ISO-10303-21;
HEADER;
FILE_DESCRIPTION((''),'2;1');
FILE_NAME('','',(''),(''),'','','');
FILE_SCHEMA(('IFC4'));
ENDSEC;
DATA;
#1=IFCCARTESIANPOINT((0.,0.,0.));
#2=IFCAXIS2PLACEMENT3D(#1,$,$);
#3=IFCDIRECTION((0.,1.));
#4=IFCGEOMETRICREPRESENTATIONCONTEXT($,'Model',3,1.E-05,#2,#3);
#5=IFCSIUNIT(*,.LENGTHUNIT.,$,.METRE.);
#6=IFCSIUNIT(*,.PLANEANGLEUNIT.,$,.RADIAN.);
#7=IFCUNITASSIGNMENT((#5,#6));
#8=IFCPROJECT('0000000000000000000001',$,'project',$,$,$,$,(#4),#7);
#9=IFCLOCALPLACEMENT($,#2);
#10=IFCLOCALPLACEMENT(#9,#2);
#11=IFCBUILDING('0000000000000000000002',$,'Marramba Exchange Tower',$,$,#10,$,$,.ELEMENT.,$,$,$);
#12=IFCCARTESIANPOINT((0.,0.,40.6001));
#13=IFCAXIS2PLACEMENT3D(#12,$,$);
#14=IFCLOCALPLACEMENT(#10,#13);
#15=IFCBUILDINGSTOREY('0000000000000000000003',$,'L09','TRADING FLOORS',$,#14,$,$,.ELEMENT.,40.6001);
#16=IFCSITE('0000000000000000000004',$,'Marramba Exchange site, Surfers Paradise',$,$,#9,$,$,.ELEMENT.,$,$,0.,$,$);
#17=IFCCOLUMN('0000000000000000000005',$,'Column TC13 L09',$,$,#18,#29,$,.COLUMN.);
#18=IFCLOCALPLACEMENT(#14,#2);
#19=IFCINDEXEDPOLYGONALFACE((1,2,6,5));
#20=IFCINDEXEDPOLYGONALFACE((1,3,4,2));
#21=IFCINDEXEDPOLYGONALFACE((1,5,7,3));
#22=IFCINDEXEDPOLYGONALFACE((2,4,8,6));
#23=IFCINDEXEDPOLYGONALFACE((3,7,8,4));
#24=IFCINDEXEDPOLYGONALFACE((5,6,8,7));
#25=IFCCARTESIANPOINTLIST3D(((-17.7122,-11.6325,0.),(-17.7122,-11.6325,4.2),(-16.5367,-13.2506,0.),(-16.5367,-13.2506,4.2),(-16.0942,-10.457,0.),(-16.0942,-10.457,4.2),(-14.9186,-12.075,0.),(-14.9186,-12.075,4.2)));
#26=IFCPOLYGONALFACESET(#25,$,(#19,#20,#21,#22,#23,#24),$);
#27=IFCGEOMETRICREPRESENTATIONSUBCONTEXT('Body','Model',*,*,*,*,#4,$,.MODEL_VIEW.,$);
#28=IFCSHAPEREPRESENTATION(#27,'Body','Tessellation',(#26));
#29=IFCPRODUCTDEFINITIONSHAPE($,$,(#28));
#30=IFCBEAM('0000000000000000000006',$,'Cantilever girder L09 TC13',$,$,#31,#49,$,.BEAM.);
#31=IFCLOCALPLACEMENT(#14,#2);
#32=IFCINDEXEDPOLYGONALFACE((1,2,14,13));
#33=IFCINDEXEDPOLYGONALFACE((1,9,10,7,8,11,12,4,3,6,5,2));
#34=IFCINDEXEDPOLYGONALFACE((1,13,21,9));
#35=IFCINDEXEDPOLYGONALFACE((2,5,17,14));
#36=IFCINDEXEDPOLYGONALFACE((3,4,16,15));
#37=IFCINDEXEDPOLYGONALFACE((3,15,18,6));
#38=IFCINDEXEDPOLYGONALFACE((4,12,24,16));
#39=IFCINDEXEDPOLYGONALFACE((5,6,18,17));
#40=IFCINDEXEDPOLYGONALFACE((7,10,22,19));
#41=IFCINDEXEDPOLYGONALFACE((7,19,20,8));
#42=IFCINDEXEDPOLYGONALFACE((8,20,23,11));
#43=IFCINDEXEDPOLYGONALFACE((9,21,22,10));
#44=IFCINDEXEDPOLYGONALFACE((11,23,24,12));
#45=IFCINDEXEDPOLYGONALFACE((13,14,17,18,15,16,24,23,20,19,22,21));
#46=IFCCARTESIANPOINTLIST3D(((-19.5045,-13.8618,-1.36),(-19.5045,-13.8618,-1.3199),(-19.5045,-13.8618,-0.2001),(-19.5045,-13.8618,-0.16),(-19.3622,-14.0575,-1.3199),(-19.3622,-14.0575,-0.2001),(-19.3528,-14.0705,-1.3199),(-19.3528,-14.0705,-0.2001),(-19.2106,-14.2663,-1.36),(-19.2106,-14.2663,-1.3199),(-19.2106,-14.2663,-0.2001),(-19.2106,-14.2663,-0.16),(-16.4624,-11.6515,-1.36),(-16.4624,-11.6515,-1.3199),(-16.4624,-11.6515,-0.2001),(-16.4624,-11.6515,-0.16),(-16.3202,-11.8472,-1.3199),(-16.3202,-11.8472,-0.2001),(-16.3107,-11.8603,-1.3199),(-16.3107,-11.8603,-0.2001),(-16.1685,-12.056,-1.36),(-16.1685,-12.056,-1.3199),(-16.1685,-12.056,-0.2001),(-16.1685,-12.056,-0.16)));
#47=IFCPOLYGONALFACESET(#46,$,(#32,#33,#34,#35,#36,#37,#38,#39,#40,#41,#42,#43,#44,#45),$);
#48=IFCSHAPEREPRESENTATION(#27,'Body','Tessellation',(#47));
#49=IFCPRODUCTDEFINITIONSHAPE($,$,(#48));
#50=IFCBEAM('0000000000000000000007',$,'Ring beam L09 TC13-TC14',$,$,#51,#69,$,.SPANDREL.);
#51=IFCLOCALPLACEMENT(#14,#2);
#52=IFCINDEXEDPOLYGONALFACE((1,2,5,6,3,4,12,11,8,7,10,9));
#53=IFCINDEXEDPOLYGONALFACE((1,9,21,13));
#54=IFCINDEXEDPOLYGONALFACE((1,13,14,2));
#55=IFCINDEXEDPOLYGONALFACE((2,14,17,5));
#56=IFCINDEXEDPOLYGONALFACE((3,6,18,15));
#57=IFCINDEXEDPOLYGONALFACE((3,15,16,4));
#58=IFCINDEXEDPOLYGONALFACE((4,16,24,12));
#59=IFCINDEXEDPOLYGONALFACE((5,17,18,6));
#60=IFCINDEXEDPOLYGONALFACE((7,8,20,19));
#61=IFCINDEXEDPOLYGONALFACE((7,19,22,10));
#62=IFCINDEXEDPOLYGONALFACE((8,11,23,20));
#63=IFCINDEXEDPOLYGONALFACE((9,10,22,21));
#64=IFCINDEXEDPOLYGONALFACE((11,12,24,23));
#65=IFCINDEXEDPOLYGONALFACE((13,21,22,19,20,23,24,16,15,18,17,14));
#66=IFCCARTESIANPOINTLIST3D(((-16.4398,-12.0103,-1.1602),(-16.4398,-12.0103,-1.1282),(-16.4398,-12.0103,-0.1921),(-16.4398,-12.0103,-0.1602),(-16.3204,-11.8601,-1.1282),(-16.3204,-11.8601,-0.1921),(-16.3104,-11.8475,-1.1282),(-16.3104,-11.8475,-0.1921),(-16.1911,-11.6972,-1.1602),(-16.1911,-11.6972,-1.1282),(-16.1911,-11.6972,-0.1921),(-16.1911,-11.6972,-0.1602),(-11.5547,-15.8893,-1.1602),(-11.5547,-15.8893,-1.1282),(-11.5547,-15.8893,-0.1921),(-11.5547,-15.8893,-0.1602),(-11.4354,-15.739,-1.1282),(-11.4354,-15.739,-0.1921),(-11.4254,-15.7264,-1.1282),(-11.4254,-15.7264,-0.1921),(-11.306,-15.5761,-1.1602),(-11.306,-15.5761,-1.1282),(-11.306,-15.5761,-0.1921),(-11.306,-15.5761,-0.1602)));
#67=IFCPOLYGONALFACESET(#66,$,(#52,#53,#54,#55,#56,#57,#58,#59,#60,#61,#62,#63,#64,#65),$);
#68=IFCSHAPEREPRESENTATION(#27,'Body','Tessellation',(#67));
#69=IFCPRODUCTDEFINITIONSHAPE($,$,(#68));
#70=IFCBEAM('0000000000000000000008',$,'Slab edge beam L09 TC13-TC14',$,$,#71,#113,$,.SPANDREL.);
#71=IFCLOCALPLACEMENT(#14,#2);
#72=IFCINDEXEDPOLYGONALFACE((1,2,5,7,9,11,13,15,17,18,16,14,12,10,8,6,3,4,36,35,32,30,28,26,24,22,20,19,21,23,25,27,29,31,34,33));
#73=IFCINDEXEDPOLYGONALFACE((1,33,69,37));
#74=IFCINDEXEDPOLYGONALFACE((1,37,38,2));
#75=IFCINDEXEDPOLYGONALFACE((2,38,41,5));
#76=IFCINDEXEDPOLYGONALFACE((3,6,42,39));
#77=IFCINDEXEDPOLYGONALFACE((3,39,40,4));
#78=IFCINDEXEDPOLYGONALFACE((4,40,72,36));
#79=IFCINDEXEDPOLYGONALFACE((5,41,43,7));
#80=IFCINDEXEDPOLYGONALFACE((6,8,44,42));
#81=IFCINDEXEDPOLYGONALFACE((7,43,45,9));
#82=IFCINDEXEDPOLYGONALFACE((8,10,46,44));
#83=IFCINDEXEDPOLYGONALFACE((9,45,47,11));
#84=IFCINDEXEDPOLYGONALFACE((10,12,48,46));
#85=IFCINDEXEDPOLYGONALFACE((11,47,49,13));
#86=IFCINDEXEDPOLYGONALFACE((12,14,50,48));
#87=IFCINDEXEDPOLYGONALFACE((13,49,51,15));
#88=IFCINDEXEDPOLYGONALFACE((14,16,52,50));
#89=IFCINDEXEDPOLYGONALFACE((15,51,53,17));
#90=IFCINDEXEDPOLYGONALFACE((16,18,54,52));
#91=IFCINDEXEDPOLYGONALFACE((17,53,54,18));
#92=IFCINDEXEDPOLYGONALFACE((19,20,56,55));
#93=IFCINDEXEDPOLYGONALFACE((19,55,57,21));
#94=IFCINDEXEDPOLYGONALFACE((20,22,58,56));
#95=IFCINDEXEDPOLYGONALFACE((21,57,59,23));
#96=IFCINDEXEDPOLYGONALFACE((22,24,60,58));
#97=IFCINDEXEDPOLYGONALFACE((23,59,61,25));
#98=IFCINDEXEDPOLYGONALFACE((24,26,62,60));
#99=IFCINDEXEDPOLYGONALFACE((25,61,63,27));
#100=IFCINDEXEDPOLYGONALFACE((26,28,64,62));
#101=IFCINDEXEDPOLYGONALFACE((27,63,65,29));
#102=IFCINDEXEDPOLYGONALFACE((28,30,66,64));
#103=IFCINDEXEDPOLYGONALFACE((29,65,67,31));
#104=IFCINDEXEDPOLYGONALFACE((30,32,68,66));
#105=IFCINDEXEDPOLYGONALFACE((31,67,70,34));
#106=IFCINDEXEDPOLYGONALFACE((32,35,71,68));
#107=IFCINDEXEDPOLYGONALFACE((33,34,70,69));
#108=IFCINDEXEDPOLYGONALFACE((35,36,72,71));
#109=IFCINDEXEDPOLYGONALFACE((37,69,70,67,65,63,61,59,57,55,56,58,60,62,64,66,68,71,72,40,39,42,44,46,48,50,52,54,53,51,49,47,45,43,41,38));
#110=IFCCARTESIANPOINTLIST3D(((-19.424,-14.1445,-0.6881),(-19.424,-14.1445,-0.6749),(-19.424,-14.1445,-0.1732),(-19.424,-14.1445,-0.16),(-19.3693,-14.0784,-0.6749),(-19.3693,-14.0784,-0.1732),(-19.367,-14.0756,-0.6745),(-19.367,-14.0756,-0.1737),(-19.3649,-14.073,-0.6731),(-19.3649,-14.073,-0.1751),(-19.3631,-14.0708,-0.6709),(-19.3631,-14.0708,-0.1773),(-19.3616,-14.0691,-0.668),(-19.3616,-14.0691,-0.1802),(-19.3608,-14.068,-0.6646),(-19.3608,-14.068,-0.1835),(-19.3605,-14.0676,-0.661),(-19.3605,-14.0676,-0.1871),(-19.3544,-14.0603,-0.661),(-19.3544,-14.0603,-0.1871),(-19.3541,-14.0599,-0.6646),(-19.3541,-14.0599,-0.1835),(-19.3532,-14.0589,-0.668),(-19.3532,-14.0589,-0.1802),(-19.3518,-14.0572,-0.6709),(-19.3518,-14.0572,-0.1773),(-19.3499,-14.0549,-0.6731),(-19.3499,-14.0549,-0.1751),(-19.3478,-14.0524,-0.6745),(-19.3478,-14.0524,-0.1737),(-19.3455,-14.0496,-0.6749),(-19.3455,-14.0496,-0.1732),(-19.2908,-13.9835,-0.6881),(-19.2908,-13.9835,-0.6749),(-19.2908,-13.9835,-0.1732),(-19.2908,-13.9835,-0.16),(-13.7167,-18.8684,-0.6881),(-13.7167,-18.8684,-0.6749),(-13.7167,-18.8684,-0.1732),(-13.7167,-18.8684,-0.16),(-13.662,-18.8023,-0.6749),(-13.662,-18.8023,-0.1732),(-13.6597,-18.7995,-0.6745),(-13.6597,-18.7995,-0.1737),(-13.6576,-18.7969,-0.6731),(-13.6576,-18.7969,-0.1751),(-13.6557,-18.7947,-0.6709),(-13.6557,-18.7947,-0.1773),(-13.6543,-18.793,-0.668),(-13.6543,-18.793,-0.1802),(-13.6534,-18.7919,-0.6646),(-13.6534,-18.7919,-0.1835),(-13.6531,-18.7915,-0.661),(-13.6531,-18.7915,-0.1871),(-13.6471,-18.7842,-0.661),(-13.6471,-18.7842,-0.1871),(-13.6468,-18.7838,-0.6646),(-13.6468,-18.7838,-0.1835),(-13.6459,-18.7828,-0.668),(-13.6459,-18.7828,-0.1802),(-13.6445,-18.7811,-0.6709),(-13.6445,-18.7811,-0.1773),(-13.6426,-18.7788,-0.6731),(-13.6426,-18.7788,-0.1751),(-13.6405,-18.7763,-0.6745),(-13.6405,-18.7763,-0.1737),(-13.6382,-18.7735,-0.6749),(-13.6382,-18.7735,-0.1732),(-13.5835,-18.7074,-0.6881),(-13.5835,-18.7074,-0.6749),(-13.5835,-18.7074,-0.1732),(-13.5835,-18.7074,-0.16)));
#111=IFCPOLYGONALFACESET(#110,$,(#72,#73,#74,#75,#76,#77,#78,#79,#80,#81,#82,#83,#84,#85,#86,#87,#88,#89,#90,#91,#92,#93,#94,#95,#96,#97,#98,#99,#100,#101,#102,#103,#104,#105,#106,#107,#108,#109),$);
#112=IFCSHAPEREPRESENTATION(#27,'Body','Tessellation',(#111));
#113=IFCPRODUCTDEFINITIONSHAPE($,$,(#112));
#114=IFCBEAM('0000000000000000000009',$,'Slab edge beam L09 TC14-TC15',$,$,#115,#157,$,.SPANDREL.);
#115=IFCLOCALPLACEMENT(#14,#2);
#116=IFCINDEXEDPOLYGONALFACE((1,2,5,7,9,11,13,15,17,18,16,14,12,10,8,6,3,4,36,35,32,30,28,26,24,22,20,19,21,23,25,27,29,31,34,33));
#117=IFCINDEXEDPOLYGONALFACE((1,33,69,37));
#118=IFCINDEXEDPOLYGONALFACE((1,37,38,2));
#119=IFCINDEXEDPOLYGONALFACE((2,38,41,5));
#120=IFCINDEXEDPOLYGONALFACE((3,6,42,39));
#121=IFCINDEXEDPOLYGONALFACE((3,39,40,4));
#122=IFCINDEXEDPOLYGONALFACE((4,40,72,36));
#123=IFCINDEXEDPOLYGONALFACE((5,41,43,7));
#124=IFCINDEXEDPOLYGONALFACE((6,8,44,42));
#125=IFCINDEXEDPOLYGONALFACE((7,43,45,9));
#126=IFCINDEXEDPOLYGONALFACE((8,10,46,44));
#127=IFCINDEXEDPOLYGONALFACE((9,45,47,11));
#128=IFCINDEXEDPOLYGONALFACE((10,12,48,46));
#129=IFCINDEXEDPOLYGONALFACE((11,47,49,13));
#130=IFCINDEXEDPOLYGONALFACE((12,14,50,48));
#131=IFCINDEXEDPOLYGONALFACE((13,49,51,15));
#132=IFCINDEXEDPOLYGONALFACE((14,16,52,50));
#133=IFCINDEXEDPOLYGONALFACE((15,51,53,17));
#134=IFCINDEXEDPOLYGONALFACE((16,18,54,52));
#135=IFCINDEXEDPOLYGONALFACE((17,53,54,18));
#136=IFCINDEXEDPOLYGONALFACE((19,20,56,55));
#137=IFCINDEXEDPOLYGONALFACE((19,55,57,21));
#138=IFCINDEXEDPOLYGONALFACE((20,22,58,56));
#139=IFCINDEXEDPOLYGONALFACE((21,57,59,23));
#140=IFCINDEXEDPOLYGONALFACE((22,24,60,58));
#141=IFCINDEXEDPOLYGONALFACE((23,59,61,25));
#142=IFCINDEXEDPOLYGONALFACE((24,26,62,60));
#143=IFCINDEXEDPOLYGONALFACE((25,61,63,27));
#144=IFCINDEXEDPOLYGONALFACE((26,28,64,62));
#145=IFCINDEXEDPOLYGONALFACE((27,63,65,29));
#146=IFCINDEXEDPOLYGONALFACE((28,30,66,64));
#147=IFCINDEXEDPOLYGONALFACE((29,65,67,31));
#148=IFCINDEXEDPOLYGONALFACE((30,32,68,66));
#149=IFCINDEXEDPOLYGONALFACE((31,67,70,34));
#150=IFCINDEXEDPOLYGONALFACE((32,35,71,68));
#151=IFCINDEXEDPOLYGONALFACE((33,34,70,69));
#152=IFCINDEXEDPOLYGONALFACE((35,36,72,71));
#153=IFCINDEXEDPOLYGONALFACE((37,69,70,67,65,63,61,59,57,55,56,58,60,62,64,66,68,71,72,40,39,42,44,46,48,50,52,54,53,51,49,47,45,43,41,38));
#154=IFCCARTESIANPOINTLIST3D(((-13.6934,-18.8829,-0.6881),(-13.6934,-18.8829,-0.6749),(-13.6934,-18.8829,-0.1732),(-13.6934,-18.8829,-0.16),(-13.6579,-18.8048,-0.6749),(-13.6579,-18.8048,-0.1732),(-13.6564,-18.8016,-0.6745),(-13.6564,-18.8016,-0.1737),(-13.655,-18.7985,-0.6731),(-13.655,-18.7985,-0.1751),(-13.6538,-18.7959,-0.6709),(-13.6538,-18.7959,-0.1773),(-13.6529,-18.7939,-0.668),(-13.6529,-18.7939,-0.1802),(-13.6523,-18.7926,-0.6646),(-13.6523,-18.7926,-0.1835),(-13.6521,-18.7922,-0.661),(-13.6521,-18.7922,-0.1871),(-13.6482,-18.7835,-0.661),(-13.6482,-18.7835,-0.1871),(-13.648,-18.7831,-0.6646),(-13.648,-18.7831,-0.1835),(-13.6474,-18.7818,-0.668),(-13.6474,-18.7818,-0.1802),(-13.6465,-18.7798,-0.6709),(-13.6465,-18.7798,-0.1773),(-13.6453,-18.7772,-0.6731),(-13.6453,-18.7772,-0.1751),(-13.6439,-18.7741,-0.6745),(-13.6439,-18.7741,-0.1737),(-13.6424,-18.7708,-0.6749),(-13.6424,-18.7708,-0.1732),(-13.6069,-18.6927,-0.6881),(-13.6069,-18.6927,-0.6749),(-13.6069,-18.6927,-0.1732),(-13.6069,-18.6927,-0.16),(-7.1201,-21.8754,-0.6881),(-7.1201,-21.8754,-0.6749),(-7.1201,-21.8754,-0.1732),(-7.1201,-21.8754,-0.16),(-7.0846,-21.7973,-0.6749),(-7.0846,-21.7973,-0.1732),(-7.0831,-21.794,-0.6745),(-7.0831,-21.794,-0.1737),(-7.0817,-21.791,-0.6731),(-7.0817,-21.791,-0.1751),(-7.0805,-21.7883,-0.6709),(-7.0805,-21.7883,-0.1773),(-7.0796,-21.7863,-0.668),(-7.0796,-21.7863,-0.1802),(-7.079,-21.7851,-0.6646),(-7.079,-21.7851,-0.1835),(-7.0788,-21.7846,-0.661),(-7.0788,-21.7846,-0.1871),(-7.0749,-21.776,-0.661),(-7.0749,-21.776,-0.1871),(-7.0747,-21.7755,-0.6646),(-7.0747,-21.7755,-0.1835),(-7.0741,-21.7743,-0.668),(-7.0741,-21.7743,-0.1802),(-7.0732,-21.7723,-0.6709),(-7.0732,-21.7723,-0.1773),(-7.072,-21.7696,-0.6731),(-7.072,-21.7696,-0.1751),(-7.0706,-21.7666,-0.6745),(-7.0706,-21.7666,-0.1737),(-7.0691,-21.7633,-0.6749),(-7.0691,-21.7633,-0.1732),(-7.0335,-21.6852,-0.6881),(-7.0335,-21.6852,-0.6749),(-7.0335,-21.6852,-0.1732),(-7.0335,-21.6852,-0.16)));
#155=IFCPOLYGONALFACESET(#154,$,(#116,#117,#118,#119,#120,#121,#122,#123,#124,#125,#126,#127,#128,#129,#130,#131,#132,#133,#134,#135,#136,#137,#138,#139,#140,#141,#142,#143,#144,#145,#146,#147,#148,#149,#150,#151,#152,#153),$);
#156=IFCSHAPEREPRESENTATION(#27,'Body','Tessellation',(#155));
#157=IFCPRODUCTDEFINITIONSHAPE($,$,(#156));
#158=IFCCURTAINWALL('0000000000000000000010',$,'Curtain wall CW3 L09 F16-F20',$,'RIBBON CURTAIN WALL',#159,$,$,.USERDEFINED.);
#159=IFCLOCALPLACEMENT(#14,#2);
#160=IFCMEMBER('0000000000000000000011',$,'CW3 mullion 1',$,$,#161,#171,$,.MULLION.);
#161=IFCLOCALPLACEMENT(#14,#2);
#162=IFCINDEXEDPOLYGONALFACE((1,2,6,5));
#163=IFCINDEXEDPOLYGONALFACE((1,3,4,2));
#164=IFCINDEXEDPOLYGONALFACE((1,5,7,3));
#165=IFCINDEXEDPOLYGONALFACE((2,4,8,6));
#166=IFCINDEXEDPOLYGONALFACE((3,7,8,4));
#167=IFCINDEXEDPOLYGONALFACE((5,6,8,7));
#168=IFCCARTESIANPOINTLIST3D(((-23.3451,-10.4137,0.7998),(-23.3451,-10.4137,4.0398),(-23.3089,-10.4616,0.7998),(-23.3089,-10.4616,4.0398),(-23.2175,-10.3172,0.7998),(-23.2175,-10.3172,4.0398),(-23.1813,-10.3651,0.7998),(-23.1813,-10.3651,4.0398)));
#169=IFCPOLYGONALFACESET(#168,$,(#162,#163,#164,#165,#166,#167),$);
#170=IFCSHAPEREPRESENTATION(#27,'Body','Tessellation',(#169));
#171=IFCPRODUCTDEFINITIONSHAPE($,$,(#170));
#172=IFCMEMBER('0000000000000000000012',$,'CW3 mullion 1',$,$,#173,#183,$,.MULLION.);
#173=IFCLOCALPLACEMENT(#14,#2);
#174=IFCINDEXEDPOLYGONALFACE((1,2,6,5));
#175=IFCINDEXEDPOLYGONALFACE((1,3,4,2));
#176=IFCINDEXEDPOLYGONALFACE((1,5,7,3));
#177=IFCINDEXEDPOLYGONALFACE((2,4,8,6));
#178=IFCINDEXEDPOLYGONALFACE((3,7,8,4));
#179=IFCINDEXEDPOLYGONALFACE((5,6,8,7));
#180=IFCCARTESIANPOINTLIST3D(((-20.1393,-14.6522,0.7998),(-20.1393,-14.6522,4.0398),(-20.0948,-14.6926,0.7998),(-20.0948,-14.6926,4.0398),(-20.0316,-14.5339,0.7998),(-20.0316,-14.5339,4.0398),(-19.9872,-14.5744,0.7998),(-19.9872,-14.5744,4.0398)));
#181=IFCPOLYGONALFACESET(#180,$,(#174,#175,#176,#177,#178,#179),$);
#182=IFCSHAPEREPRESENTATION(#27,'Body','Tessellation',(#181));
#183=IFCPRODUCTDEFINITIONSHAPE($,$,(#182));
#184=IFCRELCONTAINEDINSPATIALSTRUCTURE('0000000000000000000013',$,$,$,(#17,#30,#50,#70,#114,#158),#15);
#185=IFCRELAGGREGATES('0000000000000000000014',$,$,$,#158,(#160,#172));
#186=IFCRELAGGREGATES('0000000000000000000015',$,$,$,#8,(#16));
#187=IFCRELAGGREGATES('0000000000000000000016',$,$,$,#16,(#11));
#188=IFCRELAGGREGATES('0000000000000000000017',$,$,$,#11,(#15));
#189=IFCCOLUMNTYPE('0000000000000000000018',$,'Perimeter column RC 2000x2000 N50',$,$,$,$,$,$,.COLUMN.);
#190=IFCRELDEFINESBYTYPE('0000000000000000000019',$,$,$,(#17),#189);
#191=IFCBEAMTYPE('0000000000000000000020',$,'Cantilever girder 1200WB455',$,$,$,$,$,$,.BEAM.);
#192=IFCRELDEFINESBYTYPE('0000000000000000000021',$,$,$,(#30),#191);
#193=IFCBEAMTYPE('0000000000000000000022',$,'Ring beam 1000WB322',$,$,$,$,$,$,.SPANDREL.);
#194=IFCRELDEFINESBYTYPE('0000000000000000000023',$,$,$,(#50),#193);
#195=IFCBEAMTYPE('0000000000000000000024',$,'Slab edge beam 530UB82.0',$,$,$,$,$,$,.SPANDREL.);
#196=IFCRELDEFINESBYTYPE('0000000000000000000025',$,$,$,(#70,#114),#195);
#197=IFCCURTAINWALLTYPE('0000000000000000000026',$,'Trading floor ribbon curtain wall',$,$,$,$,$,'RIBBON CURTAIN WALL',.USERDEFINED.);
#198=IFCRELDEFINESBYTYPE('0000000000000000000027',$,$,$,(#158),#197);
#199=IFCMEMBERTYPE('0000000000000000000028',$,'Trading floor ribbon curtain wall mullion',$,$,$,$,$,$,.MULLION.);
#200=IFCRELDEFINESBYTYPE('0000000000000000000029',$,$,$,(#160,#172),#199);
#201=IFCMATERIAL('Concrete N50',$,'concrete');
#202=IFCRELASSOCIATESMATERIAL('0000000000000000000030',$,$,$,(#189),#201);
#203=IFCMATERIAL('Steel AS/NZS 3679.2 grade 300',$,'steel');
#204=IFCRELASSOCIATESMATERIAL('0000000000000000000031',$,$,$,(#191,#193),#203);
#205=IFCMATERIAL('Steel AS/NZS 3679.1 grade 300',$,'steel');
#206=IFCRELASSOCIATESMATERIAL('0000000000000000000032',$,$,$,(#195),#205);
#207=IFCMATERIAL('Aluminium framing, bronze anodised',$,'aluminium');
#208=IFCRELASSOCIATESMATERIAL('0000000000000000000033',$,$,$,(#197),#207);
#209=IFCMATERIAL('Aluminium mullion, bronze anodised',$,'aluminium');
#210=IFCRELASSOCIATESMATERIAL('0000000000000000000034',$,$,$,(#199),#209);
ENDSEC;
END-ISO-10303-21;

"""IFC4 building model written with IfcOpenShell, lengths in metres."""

from ifc_helpers import new_model, si_unit, direction, frame, origin, origin_2d, place, context, subcontext, project, spatial, rectangle, i_section, extrude, material, material_profile, profile_set, type_object, element, aggregate, save


model = new_model("IFC4")

# Units and contexts
model_context = context("Model", 3, precision=1e-05, world=origin(), true_north=direction((0.0, 1.0)))
body_context = subcontext(model_context, "Body", "Model", "MODEL_VIEW")
ifc_project = project(units=[si_unit("LENGTHUNIT", "METRE"), si_unit("PLANEANGLEUNIT", "RADIAN")], contexts=[model_context])

# Site, building, storey
site_placement = place(None, origin())
site = spatial("IfcSite", under=ifc_project, at=site_placement, Name="Marramba Exchange site, Surfers Paradise", CompositionType="ELEMENT", RefElevation=0.0)
building_placement = place(site_placement, origin())
building = spatial("IfcBuilding", under=site, at=building_placement, Name="Marramba Exchange Tower", CompositionType="ELEMENT")
storey_placement = place(building_placement, frame((0.0, 0.0, 40.6001)))
storey = spatial("IfcBuildingStorey", under=building, at=storey_placement, Name="L09", Description="TRADING FLOORS", CompositionType="ELEMENT", Elevation=40.6001)

# Column
ifc_material_1 = material(Name="Concrete N50", Category="concrete")
ifc_material_profile_1 = material_profile(ifc_material_1, rectangle(XDim=2.0, YDim=2.0, at=origin_2d()), Name="RC 2000x2000")
ifc_profile_set_1 = profile_set([ifc_material_profile_1], Name="Concrete N50")
column_type = type_object("IfcColumnType", Name="Perimeter column RC 2000x2000 N50", PredefinedType="COLUMN", material=ifc_profile_set_1)
column_placement = place(storey_placement, frame((-16.3154, -11.8538, 0.0), z_axis=(0.0, 0.0, 1.0), x_axis=(-0.809017, -0.587785, 0.0)))
element("IfcColumn", 1, at=column_placement, inside=storey, type_object=column_type, Name="Column TC13 L09", PredefinedType="COLUMN", context=body_context, shape_type="SweptSolid", body=[
    extrude(rectangle(XDim=2.0, YDim=2.0, at=origin_2d()), origin(), (0.0, 0.0, 1.0), 4.2),
])

# Beams
ifc_material_2 = material(Name="Steel AS/NZS 3679.2 grade 300", Category="steel")
ifc_material_profile_2 = material_profile(ifc_material_2, i_section(OverallWidth=0.5, OverallDepth=1.2, WebThickness=0.0161, FlangeThickness=0.04, at=origin_2d()), Name="1200WB455")
ifc_profile_set_2 = profile_set([ifc_material_profile_2], Name="Steel AS/NZS 3679.2 grade 300")
beam_type_1 = type_object("IfcBeamType", Name="Cantilever girder 1200WB455", PredefinedType="BEAM", material=ifc_profile_set_2)
beam_1_placement = place(storey_placement, frame((-16.3154, -11.8538, -0.76), z_axis=(-0.809008, -0.587797, 0.0), x_axis=(0.587797, -0.809008, 0.0)))
element("IfcBeam", 2, at=beam_1_placement, inside=storey, type_object=beam_type_1, Name="Cantilever girder L09 TC13", PredefinedType="BEAM", context=body_context, shape_type="SweptSolid", body=[
    extrude(i_section(OverallWidth=0.5, OverallDepth=1.2, WebThickness=0.0161, FlangeThickness=0.04, at=origin_2d()), origin(), (0.0, 0.0, 1.0), 3.7603),
])
ifc_material_profile_3 = material_profile(ifc_material_2, i_section(OverallWidth=0.3999, OverallDepth=1.0, WebThickness=0.0161, FlangeThickness=0.032, at=origin_2d()), Name="1000WB322")
ifc_profile_set_3 = profile_set([ifc_material_profile_3], Name="Steel AS/NZS 3679.2 grade 300")
beam_type_2 = type_object("IfcBeamType", Name="Ring beam 1000WB322", PredefinedType="SPANDREL", material=ifc_profile_set_3)
beam_2_placement = place(storey_placement, frame((-16.3154, -11.8538, -0.6602), z_axis=(0.783139, -0.621846, 0.0), x_axis=(0.621846, 0.783139, 0.0)))
element("IfcBeam", 3, at=beam_2_placement, inside=storey, type_object=beam_type_2, Name="Ring beam L09 TC13-TC14", PredefinedType="SPANDREL", context=body_context, shape_type="SweptSolid", body=[
    extrude(i_section(OverallWidth=0.3999, OverallDepth=1.0, WebThickness=0.0161, FlangeThickness=0.032, at=origin_2d()), origin(), (0.0, 0.0, 1.0), 6.2378),
])
ifc_material_3 = material(Name="Steel AS/NZS 3679.1 grade 300", Category="steel")
ifc_material_profile_4 = material_profile(ifc_material_3, i_section(OverallWidth=0.209, OverallDepth=0.5281, WebThickness=0.0095, FlangeThickness=0.0132, FilletRadius=0.0139, at=origin_2d()), Name="530UB82.0")
ifc_profile_set_4 = profile_set([ifc_material_profile_4], Name="Steel AS/NZS 3679.1 grade 300")
beam_type_3 = type_object("IfcBeamType", Name="Slab edge beam 530UB82.0", PredefinedType="SPANDREL", material=ifc_profile_set_4)
beam_3_placement = place(storey_placement, frame((-19.3574, -14.064, -0.4241), z_axis=(0.770354, -0.637617, 0.0), x_axis=(0.637617, 0.770354, 0.0)))
element("IfcBeam", 4, at=beam_3_placement, inside=storey, type_object=beam_type_3, Name="Slab edge beam L09 TC13-TC14", PredefinedType="SPANDREL", context=body_context, shape_type="SweptSolid", body=[
    extrude(i_section(OverallWidth=0.209, OverallDepth=0.5281, WebThickness=0.0095, FlangeThickness=0.0132, FilletRadius=0.0139, at=origin_2d()), origin(), (0.0, 0.0, 1.0), 7.4087),
])
beam_4_placement = place(storey_placement, frame((-13.6501, -18.7878, -0.4241), z_axis=(0.910127, -0.41433, 0.0), x_axis=(0.41433, 0.910127, 0.0)))
element("IfcBeam", 5, at=beam_4_placement, inside=storey, type_object=beam_type_3, Name="Slab edge beam L09 TC14-TC15", PredefinedType="SPANDREL", context=body_context, shape_type="SweptSolid", body=[
    extrude(i_section(OverallWidth=0.209, OverallDepth=0.5281, WebThickness=0.0095, FlangeThickness=0.0132, FilletRadius=0.0139, at=origin_2d()), origin(), (0.0, 0.0, 1.0), 7.2224),
])

# Curtain wall, members
ifc_material_4 = material(Name="Aluminium framing, bronze anodised", Category="aluminium")
curtain_wall_type = type_object("IfcCurtainWallType", Name="Trading floor ribbon curtain wall", ElementType="RIBBON CURTAIN WALL", PredefinedType="USERDEFINED", material=ifc_material_4)
curtain_wall_placement = place(storey_placement, origin())
curtain_wall = element("IfcCurtainWall", 6, at=curtain_wall_placement, inside=storey, type_object=curtain_wall_type, Name="Curtain wall CW3 L09 F16-F20", ObjectType="RIBBON CURTAIN WALL", PredefinedType="USERDEFINED")
ifc_material_5 = material(Name="Aluminium mullion, bronze anodised", Category="aluminium")
ifc_material_profile_5 = material_profile(ifc_material_5, rectangle(XDim=0.1599, YDim=0.0601, at=origin_2d()), Name="CW3 mullion 60x160")
ifc_profile_set_5 = profile_set([ifc_material_profile_5], Name="Aluminium mullion, bronze anodised")
member_type_1 = type_object("IfcMemberType", Name="Trading floor ribbon curtain wall mullion", PredefinedType="MULLION", material=ifc_profile_set_5)
member_1_placement = place(storey_placement, frame((-23.2632, -10.3894, 0.7998), z_axis=(0.0, 0.0, 1.0), x_axis=(0.797711, 0.60304, 0.0)))
member_1 = element("IfcMember", 7, at=member_1_placement, type_object=member_type_1, Name="CW3 mullion 1", PredefinedType="MULLION", context=body_context, shape_type="SweptSolid", body=[
    extrude(rectangle(XDim=0.1599, YDim=0.0601, at=origin_2d()), origin(), (0.0, 0.0, 1.0), 3.24),
])
member_2_placement = place(storey_placement, frame((-20.0632, -14.6133, 0.7998), z_axis=(0.0, 0.0, 1.0), x_axis=(0.673058, 0.73959, 0.0)))
member_2 = element("IfcMember", 8, at=member_2_placement, type_object=member_type_1, Name="CW3 mullion 1", PredefinedType="MULLION", context=body_context, shape_type="SweptSolid", body=[
    extrude(rectangle(XDim=0.1599, YDim=0.0601, at=origin_2d()), origin(), (0.0, 0.0, 1.0), 3.24),
])
aggregate(curtain_wall, [member_1, member_2])

save(model, "model.ifc")
